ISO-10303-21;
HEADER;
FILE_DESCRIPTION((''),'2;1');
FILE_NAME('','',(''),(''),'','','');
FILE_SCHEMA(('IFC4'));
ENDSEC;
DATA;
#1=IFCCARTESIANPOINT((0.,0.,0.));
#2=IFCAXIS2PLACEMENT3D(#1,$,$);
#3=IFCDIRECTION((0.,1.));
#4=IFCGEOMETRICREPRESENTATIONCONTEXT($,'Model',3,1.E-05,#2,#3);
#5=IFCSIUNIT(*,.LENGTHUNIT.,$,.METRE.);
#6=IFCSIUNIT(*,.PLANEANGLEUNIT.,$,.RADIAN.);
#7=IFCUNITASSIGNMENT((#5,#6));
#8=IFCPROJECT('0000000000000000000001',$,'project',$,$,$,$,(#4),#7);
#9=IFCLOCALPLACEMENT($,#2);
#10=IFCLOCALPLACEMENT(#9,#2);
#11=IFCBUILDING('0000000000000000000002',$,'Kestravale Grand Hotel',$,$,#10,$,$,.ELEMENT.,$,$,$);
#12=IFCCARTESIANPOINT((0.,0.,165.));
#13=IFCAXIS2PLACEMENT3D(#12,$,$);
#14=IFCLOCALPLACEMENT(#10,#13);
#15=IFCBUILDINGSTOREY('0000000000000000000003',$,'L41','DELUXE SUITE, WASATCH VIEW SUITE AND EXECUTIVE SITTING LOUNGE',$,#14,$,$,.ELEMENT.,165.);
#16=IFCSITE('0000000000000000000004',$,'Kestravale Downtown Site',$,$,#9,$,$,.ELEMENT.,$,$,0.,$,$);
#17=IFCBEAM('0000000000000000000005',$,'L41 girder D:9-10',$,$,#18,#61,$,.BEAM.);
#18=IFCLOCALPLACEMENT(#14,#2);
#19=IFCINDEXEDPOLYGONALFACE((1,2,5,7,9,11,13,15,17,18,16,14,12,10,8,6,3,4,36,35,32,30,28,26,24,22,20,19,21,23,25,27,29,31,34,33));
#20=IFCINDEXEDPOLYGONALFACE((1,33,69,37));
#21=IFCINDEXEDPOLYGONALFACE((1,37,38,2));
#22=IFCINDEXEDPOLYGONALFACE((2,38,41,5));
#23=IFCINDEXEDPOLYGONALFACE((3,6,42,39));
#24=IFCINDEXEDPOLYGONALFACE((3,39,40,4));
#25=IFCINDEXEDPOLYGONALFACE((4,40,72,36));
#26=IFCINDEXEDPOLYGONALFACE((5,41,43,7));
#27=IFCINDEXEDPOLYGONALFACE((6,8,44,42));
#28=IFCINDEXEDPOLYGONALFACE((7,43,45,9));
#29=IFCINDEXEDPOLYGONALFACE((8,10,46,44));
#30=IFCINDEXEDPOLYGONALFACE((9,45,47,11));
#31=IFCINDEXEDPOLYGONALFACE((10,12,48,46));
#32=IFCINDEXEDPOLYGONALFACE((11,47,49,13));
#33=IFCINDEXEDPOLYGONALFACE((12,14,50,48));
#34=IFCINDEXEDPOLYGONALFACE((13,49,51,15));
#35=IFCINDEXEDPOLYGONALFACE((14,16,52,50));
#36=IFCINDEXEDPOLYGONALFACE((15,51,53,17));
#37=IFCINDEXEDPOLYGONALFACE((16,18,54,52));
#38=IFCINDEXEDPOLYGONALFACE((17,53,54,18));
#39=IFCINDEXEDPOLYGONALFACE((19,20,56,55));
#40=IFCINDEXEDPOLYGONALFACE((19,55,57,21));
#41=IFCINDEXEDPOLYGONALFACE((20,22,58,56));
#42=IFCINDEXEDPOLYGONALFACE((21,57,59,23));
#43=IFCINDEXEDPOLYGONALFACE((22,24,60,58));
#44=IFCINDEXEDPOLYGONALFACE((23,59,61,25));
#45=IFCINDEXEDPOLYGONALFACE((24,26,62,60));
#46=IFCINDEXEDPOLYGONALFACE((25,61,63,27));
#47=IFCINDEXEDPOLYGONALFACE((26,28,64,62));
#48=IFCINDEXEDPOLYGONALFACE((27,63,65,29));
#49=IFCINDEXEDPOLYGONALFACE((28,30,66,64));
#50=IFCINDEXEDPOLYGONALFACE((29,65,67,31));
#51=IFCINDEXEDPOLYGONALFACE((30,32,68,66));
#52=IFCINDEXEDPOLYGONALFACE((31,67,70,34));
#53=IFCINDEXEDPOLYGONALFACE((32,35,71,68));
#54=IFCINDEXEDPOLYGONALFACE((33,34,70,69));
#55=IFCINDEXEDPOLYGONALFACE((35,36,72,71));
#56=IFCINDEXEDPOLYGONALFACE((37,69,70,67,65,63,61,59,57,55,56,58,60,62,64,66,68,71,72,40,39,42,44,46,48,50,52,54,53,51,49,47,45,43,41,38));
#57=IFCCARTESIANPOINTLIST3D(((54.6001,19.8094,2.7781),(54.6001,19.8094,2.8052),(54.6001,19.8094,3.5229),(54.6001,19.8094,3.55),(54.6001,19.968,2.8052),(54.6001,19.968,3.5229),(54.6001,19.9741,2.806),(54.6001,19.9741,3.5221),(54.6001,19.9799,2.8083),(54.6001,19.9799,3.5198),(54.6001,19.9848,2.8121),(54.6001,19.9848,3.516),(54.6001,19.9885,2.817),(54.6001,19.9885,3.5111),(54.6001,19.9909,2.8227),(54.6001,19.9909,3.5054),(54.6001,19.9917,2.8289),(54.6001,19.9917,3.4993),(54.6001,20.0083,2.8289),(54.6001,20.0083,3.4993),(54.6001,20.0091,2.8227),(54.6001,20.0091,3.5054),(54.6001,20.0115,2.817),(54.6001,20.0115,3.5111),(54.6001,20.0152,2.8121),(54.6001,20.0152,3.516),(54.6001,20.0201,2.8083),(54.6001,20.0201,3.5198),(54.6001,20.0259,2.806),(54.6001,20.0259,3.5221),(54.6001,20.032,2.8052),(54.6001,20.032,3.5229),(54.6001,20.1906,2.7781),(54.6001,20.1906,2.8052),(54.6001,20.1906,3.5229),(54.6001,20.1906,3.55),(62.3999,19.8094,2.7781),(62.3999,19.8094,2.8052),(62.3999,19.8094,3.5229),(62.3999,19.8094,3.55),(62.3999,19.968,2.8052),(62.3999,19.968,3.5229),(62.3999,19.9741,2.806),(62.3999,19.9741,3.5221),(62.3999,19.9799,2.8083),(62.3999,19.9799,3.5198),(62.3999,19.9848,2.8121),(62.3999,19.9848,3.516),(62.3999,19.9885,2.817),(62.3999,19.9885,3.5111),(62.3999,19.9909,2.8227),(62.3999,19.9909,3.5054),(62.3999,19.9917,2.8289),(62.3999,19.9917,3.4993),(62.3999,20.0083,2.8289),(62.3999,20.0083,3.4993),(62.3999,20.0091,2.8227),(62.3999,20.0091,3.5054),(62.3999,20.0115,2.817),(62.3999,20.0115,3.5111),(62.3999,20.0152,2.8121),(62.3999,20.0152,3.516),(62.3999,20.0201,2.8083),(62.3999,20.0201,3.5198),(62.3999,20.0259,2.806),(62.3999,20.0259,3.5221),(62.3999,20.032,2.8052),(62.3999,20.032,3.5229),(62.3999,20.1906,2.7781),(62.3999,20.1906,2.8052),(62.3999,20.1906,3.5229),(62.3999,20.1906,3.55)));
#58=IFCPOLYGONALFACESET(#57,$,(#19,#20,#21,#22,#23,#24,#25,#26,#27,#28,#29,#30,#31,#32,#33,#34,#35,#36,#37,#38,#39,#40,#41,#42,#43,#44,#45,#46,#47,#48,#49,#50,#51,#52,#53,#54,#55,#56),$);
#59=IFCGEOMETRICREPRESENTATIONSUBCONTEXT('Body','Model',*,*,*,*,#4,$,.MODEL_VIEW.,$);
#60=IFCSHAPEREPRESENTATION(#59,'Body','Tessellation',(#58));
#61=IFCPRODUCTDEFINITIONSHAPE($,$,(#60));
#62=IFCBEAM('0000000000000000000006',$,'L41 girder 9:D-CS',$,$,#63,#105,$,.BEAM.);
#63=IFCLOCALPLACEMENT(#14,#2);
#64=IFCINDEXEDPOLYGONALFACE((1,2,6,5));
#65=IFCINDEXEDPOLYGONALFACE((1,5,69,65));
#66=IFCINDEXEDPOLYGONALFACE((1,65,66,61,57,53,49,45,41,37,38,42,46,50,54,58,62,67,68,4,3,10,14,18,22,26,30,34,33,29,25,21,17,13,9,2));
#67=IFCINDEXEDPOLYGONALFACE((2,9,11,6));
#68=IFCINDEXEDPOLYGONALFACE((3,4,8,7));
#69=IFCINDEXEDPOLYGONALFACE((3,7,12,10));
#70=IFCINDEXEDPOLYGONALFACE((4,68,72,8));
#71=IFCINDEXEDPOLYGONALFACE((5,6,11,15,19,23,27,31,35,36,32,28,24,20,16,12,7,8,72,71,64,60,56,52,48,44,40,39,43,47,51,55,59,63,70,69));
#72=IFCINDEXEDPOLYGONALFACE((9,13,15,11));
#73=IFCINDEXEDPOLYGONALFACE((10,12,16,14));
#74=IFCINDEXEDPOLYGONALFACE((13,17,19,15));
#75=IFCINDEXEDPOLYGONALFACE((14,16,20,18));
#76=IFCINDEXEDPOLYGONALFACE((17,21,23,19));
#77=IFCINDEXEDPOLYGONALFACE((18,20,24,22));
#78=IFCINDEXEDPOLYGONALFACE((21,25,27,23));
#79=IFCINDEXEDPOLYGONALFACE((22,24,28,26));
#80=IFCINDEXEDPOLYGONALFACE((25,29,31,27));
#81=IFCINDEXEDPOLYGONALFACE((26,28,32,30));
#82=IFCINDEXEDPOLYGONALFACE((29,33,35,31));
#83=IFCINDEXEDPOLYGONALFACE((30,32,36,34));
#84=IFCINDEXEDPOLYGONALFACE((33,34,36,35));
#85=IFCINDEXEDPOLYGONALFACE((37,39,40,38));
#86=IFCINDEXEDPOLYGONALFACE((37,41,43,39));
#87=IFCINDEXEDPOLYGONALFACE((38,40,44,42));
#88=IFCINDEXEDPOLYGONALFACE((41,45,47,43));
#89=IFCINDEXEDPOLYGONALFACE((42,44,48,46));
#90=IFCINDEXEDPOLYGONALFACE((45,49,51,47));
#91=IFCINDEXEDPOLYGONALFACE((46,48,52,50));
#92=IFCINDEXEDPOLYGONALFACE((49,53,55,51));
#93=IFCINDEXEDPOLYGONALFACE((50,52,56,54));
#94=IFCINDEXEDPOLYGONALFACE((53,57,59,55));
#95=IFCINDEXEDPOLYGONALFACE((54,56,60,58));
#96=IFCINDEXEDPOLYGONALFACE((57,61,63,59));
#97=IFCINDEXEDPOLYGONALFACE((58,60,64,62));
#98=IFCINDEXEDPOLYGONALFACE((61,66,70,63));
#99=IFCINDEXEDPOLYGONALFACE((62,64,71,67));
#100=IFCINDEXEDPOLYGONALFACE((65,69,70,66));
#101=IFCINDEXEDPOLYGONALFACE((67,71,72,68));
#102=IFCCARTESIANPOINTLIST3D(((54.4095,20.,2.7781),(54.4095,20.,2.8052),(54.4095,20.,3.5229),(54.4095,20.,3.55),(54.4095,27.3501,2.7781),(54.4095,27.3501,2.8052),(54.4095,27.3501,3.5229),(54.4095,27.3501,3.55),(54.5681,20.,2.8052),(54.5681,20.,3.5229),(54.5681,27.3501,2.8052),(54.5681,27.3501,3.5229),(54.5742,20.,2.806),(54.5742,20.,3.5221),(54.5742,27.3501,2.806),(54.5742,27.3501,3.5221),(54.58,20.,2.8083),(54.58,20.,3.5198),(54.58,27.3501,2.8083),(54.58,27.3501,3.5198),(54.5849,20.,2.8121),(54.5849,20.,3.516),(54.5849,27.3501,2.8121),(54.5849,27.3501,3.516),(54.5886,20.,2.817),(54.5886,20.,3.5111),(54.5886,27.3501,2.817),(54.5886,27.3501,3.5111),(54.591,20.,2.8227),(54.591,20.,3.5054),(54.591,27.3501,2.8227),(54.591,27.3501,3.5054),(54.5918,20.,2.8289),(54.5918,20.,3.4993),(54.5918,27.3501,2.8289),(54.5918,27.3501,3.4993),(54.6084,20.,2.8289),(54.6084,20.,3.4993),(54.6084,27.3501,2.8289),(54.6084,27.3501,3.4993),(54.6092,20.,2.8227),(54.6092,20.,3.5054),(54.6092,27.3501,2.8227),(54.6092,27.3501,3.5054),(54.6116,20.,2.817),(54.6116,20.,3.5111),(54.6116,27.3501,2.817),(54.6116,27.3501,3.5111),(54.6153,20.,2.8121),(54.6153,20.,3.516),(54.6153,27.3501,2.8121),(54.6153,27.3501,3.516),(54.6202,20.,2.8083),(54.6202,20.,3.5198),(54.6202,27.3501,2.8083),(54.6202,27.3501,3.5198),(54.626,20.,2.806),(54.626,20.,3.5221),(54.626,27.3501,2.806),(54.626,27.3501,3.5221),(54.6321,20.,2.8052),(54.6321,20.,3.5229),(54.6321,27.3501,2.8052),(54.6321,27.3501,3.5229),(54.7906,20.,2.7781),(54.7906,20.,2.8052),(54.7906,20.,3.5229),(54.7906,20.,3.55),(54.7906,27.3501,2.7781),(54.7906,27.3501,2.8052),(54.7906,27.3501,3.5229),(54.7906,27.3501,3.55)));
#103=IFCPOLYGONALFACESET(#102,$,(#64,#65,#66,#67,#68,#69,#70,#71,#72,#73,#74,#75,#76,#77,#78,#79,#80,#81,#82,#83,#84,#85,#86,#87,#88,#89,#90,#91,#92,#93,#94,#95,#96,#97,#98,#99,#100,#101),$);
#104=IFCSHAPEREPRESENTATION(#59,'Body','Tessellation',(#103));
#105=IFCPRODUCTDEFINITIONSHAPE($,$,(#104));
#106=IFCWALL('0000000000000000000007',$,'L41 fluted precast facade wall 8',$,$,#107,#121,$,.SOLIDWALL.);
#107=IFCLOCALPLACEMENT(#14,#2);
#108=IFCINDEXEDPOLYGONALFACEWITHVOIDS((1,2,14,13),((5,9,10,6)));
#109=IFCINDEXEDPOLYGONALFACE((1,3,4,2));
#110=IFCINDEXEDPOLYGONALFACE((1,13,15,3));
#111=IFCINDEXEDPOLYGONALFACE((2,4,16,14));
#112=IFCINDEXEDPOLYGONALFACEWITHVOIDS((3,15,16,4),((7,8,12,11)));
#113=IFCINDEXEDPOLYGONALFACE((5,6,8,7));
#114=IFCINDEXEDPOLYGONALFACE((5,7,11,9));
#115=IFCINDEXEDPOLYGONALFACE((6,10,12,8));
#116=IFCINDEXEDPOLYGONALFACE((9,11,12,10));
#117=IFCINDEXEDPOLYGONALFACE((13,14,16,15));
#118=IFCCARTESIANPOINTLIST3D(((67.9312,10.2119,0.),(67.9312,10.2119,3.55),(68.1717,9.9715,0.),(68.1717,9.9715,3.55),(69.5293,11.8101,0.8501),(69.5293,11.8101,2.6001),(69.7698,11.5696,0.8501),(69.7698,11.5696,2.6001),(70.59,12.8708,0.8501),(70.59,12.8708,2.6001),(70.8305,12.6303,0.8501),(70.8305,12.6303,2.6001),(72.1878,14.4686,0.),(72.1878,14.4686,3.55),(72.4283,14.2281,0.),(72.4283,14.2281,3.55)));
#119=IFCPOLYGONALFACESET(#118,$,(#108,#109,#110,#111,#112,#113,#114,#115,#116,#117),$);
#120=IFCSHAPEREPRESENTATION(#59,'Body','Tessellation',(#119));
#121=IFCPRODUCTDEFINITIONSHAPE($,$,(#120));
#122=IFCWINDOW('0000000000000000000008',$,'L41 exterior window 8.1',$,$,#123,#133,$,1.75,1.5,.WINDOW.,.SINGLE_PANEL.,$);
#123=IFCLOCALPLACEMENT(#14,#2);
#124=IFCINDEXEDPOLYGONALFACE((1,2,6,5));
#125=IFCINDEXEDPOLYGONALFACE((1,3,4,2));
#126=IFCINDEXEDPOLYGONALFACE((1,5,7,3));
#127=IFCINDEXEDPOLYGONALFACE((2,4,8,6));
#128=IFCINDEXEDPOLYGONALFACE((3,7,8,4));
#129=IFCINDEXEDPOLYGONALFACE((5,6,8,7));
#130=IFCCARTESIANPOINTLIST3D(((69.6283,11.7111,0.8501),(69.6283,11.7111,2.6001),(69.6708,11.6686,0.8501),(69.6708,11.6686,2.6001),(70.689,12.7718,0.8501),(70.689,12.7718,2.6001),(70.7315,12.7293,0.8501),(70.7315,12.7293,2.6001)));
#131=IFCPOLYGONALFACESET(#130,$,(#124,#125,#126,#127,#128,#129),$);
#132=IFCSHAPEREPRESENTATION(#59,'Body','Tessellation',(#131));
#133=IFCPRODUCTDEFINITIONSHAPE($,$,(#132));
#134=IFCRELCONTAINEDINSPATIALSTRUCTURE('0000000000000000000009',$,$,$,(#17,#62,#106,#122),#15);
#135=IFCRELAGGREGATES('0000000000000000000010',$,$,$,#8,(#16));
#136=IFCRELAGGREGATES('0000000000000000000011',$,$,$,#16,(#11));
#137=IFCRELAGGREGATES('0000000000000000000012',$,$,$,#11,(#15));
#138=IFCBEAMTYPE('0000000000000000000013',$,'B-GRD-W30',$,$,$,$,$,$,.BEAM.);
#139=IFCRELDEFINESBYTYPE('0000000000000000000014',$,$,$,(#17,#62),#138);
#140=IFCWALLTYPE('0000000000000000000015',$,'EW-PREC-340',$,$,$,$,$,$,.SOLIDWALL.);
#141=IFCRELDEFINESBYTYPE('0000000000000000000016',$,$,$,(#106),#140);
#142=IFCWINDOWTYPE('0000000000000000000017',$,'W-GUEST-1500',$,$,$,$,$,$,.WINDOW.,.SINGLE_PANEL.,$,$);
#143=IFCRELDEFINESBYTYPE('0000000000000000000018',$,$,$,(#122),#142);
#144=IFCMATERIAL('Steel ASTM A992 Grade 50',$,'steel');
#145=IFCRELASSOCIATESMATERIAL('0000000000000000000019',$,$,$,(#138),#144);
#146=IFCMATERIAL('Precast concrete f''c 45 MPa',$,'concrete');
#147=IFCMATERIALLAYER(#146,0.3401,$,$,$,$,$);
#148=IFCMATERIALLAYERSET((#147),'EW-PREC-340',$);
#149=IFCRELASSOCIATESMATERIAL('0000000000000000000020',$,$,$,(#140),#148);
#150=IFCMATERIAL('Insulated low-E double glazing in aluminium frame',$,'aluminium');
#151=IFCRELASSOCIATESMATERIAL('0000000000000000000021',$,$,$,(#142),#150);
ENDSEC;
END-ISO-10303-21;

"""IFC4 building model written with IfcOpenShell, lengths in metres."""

from ifc_helpers import new_model, si_unit, direction, frame, frame_2d, origin, origin_2d, place, context, subcontext, project, spatial, rectangle, i_section, extrude, material, layer, layer_set, material_profile, profile_set, type_object, element, fill, save


model = new_model("IFC4")

# Units and contexts
model_context = context("Model", 3, precision=1e-05, world=origin(), true_north=direction((0.0, 1.0)))
body_context = subcontext(model_context, "Body", "Model", "MODEL_VIEW")
ifc_project = project(units=[si_unit("LENGTHUNIT", "METRE"), si_unit("PLANEANGLEUNIT", "RADIAN")], contexts=[model_context])

# Site, building, storey
site_placement = place(None, origin())
site = spatial("IfcSite", under=ifc_project, at=site_placement, Name="Kestravale Downtown Site", CompositionType="ELEMENT", RefElevation=0.0)
building_placement = place(site_placement, origin())
building = spatial("IfcBuilding", under=site, at=building_placement, Name="Kestravale Grand Hotel", CompositionType="ELEMENT")
storey_placement = place(building_placement, frame((0.0, 0.0, 165.0)))
storey = spatial("IfcBuildingStorey", under=building, at=storey_placement, Name="L41", Description="DELUXE SUITE, WASATCH VIEW SUITE AND EXECUTIVE SITTING LOUNGE", CompositionType="ELEMENT", Elevation=165.0)

# Beams
ifc_material_1 = material(Name="Steel ASTM A992 Grade 50", Category="steel")
ifc_material_profile_1 = material_profile(ifc_material_1, i_section(OverallWidth=0.3811, OverallDepth=0.772, WebThickness=0.0166, FlangeThickness=0.0271, FilletRadius=0.0237, at=origin_2d()))
ifc_profile_set_1 = profile_set([ifc_material_profile_1], Name="Steel ASTM A992 Grade 50")
beam_type_1 = type_object("IfcBeamType", Name="B-GRD-W30", PredefinedType="BEAM", material=ifc_profile_set_1)
beam_1_placement = place(storey_placement, frame((54.6001, 20.0, 3.1641), z_axis=(1.0, 0.0, 0.0), x_axis=(0.0, 1.0, 0.0)))
element("IfcBeam", 1, at=beam_1_placement, inside=storey, type_object=beam_type_1, Name="L41 girder D:9-10", PredefinedType="BEAM", context=body_context, shape_type="SweptSolid", body=[
    extrude(i_section(OverallWidth=0.3811, OverallDepth=0.772, WebThickness=0.0166, FlangeThickness=0.0271, FilletRadius=0.0237, at=origin_2d()), origin(), (0.0, 0.0, 1.0), 7.7998),
])
beam_2_placement = place(storey_placement, frame((54.6001, 20.0, 3.1641), z_axis=(0.0, 1.0, 0.0), x_axis=(-1.0, 0.0, 0.0)))
element("IfcBeam", 2, at=beam_2_placement, inside=storey, type_object=beam_type_1, Name="L41 girder 9:D-CS", PredefinedType="BEAM", context=body_context, shape_type="SweptSolid", body=[
    extrude(i_section(OverallWidth=0.3811, OverallDepth=0.772, WebThickness=0.0166, FlangeThickness=0.0271, FilletRadius=0.0237, at=origin_2d()), origin(), (0.0, 0.0, 1.0), 7.3501),
])

# Wall, opening, window
ifc_material_2 = material(Name="Precast concrete f'c 45 MPa", Category="concrete")
ifc_layer_1 = layer(ifc_material_2, 0.3401)
ifc_layer_set_1 = layer_set([ifc_layer_1], Name="EW-PREC-340")
wall_type_1 = type_object("IfcWallType", Name="EW-PREC-340", PredefinedType="SOLIDWALL", material=ifc_layer_set_1)
wall_1_placement = place(storey_placement, frame((68.0515, 10.0918, 0.0), z_axis=(0.0, 0.0, 1.0), x_axis=(0.707107, 0.707107, 0.0)))
wall_1 = element("IfcWall", 3, at=wall_1_placement, inside=storey, type_object=wall_type_1, Name="L41 fluted precast facade wall 8", PredefinedType="SOLIDWALL", context=body_context, shape_type="SweptSolid", body=[
    extrude(rectangle(XDim=6.0198, YDim=0.3401, at=frame_2d((3.0098, 0.0))), origin(), (0.0, 0.0, 1.0), 3.55),
])
opening_1_placement = place(wall_1_placement, frame((2.26, 0.0, 0.8501)))
opening_1 = element("IfcOpeningElement", 4, at=opening_1_placement, cuts=wall_1, PredefinedType="OPENING", context=body_context, shape_type="SweptSolid", body=[
    extrude(rectangle(XDim=1.5, YDim=1.75, at=frame_2d((0.75, 0.875))), frame((0.0, 0.1799, 0.0), z_axis=(0.0, -1.0, 0.0), x_axis=(1.0, 0.0, 0.0)), (0.0, 0.0, 1.0), 0.3601),
])
ifc_material_3 = material(Name="Insulated low-E double glazing in aluminium frame", Category="aluminium")
window_type = type_object("IfcWindowType", Name="W-GUEST-1500", PartitioningType="SINGLE_PANEL", PredefinedType="WINDOW", material=ifc_material_3)
window_1_placement = place(opening_1_placement, origin())
window_1 = element("IfcWindow", 5, at=window_1_placement, inside=storey, type_object=window_type, Name="L41 exterior window 8.1", OverallHeight=1.75, OverallWidth=1.5, PartitioningType="SINGLE_PANEL", PredefinedType="WINDOW", context=body_context, shape_type="SweptSolid", body=[
    extrude(rectangle(XDim=1.5, YDim=1.75, at=frame_2d((0.75, 0.875))), frame((0.0, 0.03, 0.0), z_axis=(0.0, -1.0, 0.0), x_axis=(1.0, 0.0, 0.0)), (0.0, 0.0, 1.0), 0.0601),
])
fill(opening_1, window_1)

save(model, "model.ifc")
